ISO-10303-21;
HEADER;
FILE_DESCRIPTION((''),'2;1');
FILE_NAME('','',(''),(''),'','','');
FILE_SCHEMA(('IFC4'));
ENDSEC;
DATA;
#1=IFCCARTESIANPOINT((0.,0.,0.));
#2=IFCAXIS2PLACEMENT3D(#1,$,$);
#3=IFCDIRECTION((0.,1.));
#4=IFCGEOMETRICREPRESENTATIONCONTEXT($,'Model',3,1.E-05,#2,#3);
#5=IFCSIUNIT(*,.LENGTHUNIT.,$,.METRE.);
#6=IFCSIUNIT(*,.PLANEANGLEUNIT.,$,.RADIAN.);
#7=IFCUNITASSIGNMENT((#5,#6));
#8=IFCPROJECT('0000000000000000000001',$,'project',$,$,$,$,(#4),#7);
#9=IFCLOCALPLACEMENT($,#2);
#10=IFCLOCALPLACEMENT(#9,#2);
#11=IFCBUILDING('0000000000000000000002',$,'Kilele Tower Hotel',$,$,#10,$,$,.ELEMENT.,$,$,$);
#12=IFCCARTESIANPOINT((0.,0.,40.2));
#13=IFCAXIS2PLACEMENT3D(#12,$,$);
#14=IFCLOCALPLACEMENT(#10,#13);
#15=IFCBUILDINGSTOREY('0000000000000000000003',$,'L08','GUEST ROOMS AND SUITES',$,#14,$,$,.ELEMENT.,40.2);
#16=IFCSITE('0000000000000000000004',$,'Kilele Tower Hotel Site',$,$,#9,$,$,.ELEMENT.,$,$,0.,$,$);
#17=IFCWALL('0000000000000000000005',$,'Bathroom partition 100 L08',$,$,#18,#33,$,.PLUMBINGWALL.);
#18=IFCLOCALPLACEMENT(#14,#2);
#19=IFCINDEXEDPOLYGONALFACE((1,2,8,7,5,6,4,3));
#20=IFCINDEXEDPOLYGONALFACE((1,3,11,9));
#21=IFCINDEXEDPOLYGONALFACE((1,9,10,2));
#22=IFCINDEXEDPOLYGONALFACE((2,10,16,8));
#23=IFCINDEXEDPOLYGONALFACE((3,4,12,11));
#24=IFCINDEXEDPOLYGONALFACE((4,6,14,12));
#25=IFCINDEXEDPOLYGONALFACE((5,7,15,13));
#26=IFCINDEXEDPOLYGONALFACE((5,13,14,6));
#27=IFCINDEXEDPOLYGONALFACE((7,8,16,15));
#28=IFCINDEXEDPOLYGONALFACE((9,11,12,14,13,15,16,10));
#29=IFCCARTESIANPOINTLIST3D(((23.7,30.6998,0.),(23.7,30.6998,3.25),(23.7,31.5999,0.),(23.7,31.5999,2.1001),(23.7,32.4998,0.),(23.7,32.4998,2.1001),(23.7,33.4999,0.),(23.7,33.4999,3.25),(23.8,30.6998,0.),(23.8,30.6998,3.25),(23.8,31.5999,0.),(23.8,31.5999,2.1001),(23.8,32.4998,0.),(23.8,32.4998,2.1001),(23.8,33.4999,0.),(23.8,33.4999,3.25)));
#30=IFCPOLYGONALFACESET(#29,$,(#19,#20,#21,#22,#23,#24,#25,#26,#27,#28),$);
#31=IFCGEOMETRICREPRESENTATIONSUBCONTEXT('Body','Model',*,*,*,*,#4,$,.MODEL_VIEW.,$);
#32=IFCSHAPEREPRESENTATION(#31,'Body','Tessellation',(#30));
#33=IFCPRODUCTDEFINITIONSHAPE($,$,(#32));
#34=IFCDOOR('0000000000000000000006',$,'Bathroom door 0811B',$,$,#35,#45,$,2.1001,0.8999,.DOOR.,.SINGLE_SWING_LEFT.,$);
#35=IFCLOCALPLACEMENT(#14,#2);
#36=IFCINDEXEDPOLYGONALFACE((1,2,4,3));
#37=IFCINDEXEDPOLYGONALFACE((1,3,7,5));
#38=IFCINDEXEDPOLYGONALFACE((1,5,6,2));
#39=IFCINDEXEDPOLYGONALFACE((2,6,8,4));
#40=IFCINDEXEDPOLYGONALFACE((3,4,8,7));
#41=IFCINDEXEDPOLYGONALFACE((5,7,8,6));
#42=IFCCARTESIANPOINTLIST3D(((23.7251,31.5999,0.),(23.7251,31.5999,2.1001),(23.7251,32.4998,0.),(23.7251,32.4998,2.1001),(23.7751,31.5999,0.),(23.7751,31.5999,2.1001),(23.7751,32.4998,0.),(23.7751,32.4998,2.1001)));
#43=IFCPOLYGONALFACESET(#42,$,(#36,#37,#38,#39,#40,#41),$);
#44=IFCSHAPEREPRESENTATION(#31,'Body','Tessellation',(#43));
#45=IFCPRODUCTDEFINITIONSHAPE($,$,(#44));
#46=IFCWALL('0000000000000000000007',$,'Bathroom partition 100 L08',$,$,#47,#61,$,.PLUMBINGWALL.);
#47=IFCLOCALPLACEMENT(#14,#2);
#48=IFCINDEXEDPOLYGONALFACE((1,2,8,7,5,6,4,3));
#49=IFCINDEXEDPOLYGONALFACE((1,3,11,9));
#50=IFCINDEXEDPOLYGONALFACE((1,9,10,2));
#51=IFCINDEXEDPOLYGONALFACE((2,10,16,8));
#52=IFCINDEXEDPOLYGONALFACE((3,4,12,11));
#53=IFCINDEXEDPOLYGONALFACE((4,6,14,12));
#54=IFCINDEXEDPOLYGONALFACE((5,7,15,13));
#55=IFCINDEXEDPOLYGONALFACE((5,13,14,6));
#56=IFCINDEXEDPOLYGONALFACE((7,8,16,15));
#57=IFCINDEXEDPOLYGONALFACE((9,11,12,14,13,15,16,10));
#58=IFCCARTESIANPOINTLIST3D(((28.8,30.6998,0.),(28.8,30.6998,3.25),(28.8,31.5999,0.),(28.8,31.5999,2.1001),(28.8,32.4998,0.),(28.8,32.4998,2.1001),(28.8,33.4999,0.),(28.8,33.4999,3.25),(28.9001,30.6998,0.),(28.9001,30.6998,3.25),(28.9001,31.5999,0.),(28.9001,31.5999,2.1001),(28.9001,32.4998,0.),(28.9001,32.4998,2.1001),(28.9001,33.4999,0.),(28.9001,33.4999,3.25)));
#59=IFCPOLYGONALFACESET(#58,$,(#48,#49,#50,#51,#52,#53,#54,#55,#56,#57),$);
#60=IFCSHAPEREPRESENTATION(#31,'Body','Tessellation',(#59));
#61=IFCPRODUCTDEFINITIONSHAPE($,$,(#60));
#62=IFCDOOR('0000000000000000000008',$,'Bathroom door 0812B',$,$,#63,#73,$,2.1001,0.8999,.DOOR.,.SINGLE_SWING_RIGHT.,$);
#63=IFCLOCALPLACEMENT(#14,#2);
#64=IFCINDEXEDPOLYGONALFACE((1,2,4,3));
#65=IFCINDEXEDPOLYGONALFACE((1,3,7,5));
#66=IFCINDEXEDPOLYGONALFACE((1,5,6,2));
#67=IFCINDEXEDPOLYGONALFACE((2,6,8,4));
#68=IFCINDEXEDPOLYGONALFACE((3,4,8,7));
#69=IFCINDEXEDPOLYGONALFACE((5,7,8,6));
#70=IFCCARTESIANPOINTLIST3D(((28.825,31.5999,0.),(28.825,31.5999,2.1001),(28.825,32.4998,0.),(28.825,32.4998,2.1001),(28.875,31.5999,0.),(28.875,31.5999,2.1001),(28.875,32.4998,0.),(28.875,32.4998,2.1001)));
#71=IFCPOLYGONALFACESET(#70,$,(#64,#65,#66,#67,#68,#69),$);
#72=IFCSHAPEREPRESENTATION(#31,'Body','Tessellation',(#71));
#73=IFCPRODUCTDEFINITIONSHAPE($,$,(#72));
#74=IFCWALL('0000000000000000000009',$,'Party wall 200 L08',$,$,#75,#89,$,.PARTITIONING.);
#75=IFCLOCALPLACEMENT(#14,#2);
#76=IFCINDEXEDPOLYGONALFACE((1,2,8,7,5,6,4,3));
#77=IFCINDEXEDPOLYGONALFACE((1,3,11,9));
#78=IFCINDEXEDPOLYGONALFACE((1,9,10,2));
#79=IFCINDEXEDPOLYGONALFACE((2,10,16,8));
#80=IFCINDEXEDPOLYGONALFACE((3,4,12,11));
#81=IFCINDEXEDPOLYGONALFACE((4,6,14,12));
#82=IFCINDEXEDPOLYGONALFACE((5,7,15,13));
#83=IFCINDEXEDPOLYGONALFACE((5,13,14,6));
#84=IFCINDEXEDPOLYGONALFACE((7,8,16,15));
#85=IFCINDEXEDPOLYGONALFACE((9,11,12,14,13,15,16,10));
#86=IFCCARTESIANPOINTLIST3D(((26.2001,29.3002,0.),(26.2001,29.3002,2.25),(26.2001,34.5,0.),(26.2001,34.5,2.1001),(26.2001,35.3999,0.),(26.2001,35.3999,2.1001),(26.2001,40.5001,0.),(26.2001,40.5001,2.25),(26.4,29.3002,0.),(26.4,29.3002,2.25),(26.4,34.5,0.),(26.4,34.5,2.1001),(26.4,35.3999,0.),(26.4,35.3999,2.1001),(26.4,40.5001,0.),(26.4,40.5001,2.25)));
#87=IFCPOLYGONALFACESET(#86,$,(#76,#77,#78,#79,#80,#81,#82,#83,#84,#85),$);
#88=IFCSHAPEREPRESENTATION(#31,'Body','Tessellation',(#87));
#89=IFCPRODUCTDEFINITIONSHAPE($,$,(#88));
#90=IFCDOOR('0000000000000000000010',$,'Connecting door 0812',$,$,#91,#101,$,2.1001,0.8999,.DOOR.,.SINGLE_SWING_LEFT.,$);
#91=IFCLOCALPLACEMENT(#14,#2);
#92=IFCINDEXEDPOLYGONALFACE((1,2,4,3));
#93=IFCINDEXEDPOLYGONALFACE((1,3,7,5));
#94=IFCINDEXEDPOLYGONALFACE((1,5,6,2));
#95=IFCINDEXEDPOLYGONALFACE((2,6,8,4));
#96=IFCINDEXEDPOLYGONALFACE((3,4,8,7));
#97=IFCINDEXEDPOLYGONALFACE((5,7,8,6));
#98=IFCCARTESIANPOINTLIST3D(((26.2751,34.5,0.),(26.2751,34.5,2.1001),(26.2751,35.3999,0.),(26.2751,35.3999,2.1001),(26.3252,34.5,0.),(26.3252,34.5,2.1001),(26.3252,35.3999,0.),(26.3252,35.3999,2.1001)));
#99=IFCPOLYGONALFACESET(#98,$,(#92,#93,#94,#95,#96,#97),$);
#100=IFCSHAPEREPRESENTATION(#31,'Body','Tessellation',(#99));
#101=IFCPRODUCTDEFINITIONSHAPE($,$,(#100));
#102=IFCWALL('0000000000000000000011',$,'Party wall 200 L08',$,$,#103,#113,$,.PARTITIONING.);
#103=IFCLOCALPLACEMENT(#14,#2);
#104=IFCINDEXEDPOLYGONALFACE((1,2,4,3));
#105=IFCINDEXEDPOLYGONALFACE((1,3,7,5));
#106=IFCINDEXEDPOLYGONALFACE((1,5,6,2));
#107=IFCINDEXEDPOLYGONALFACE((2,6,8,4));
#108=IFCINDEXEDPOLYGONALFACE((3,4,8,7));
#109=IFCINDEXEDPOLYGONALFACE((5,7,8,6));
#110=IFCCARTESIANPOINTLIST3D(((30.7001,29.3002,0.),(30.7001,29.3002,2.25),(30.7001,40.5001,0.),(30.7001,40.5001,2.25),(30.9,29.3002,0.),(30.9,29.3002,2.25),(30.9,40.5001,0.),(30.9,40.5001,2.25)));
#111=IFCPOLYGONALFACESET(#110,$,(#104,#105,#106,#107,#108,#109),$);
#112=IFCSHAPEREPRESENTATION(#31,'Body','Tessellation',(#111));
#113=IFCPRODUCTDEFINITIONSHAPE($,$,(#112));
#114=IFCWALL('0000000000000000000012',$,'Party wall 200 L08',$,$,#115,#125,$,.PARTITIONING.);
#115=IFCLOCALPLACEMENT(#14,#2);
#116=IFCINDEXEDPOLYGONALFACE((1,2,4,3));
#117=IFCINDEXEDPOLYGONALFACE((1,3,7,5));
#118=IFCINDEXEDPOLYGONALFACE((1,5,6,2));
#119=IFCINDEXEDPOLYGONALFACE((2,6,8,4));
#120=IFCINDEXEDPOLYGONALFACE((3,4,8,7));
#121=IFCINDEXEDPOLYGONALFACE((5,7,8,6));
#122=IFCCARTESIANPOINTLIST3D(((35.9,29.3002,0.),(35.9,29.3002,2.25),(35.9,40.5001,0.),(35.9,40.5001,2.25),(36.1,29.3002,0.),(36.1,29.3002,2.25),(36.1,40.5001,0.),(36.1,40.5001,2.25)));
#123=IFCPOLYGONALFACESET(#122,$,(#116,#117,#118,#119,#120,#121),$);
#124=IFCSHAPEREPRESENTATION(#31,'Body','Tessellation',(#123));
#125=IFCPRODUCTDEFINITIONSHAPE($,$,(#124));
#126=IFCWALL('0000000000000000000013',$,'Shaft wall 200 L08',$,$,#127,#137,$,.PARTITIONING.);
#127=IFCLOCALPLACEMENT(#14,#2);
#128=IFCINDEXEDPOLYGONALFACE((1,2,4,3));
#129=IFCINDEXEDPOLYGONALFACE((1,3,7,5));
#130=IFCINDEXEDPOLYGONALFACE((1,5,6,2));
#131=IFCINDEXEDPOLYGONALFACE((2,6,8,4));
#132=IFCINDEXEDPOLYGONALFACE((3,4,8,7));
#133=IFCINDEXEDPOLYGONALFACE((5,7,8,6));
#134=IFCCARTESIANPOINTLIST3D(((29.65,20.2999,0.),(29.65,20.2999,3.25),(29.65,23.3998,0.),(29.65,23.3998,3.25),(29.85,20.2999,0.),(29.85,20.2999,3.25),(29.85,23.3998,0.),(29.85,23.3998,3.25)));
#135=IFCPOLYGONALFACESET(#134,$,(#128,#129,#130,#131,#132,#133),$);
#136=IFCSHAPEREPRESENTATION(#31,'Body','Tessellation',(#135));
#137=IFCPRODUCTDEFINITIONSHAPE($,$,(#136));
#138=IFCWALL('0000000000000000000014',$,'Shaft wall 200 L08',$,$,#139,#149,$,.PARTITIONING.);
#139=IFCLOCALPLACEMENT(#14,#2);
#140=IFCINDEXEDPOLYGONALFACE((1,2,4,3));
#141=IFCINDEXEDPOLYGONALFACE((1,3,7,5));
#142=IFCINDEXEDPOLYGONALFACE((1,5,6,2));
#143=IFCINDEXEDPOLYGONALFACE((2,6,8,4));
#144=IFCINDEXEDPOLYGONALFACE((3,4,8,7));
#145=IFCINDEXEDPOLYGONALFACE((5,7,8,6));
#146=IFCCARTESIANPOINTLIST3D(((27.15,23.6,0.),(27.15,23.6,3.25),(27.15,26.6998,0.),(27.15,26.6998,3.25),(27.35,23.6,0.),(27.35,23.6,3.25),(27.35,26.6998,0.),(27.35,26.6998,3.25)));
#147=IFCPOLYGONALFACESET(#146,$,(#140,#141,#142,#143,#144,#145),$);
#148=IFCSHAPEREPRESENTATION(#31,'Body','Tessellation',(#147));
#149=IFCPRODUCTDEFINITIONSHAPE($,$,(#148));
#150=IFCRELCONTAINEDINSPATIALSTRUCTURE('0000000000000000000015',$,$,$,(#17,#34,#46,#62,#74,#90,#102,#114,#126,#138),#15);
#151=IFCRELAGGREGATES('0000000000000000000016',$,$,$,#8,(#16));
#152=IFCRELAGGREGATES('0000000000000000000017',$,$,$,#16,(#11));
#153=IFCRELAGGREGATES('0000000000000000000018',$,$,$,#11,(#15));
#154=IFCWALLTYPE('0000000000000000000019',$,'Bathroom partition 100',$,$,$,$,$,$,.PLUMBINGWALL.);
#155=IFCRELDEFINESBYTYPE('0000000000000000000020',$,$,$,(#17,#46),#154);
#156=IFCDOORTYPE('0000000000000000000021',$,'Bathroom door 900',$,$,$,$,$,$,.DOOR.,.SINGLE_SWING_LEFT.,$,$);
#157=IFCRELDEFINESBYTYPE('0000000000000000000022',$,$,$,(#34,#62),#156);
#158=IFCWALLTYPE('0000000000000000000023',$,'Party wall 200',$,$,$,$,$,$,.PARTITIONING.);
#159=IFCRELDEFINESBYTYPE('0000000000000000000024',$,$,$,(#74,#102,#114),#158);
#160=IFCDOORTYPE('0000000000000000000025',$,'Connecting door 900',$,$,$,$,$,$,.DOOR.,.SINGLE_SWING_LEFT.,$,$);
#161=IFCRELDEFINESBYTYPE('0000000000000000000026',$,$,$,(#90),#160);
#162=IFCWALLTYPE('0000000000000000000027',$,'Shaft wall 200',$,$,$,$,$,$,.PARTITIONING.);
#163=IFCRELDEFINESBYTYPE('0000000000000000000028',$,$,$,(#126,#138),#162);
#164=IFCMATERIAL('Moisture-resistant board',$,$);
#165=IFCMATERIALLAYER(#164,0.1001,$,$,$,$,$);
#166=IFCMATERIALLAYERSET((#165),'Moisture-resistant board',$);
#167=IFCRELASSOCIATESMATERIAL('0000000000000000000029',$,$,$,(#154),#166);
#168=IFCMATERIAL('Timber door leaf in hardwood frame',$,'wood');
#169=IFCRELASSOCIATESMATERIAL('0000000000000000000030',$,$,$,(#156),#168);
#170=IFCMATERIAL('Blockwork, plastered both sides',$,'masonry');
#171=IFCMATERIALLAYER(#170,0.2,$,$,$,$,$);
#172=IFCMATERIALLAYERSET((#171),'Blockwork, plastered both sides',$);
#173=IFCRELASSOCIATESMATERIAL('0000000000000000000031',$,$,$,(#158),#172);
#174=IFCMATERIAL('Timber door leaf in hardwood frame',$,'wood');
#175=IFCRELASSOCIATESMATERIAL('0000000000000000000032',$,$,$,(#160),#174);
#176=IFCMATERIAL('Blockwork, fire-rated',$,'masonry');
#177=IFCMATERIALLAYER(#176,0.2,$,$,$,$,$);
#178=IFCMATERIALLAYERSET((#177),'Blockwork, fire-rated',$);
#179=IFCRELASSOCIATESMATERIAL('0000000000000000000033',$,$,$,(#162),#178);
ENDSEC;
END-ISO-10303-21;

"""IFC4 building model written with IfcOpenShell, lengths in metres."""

from ifc_helpers import new_model, si_unit, direction, frame, frame_2d, origin, place, context, subcontext, project, spatial, rectangle, extrude, material, layer, layer_set, type_object, element, fill, save


model = new_model("IFC4")

# Units and contexts
model_context = context("Model", 3, precision=1e-05, world=origin(), true_north=direction((0.0, 1.0)))
body_context = subcontext(model_context, "Body", "Model", "MODEL_VIEW")
ifc_project = project(units=[si_unit("LENGTHUNIT", "METRE"), si_unit("PLANEANGLEUNIT", "RADIAN")], contexts=[model_context])

# Site, building, storey
site_placement = place(None, origin())
site = spatial("IfcSite", under=ifc_project, at=site_placement, Name="Kilele Tower Hotel Site", CompositionType="ELEMENT", RefElevation=0.0)
building_placement = place(site_placement, origin())
building = spatial("IfcBuilding", under=site, at=building_placement, Name="Kilele Tower Hotel", CompositionType="ELEMENT")
storey_placement = place(building_placement, frame((0.0, 0.0, 40.2)))
storey = spatial("IfcBuildingStorey", under=building, at=storey_placement, Name="L08", Description="GUEST ROOMS AND SUITES", CompositionType="ELEMENT", Elevation=40.2)

# Walls, openings, doors
ifc_material_1 = material(Name="Moisture-resistant board")
ifc_layer_1 = layer(ifc_material_1, 0.1001)
ifc_layer_set_1 = layer_set([ifc_layer_1], Name="Moisture-resistant board")
wall_type_1 = type_object("IfcWallType", Name="Bathroom partition 100", PredefinedType="PLUMBINGWALL", material=ifc_layer_set_1)
wall_1_placement = place(storey_placement, frame((23.75, 30.7, 0.0), z_axis=(0.0, 0.0, 1.0), x_axis=(0.0, 1.0, 0.0)))
wall_1 = element("IfcWall", 1, at=wall_1_placement, inside=storey, type_object=wall_type_1, Name="Bathroom partition 100 L08", PredefinedType="PLUMBINGWALL", context=body_context, shape_type="SweptSolid", body=[
    extrude(rectangle(XDim=2.8, YDim=0.1001, at=frame_2d((1.3999, 0.0))), origin(), (0.0, 0.0, 1.0), 3.25),
])
opening_1_placement = place(wall_1_placement, frame((0.8999, 0.0, 0.0)))
opening_1 = element("IfcOpeningElement", 2, at=opening_1_placement, cuts=wall_1, PredefinedType="OPENING", context=body_context, shape_type="SweptSolid", body=[
    extrude(rectangle(XDim=0.8999, YDim=2.1001, at=frame_2d((0.45, 1.05))), frame((0.0, 0.0601, 0.0), z_axis=(0.0, -1.0, 0.0), x_axis=(1.0, 0.0, 0.0)), (0.0, 0.0, 1.0), 0.1201),
])
ifc_material_2 = material(Name="Timber door leaf in hardwood frame", Category="wood")
door_type_1 = type_object("IfcDoorType", Name="Bathroom door 900", OperationType="SINGLE_SWING_LEFT", PredefinedType="DOOR", material=ifc_material_2)
door_1_placement = place(opening_1_placement, origin())
door_1 = element("IfcDoor", 3, at=door_1_placement, inside=storey, type_object=door_type_1, Name="Bathroom door 0811B", OperationType="SINGLE_SWING_LEFT", OverallHeight=2.1001, OverallWidth=0.8999, PredefinedType="DOOR", context=body_context, shape_type="SweptSolid", body=[
    extrude(rectangle(XDim=0.8999, YDim=2.1001, at=frame_2d((0.45, 1.05))), frame((0.0, 0.0249, 0.0), z_axis=(0.0, -1.0, 0.0), x_axis=(1.0, 0.0, 0.0)), (0.0, 0.0, 1.0), 0.05),
])
fill(opening_1, door_1)
wall_2_placement = place(storey_placement, frame((28.8501, 30.7, 0.0), z_axis=(0.0, 0.0, 1.0), x_axis=(0.0, 1.0, 0.0)))
wall_2 = element("IfcWall", 4, at=wall_2_placement, inside=storey, type_object=wall_type_1, Name="Bathroom partition 100 L08", PredefinedType="PLUMBINGWALL", context=body_context, shape_type="SweptSolid", body=[
    extrude(rectangle(XDim=2.8, YDim=0.1001, at=frame_2d((1.3999, 0.0))), origin(), (0.0, 0.0, 1.0), 3.25),
])
opening_2_placement = place(wall_2_placement, frame((1.7998, 0.0, 0.0), z_axis=(0.0, 0.0, 1.0), x_axis=(-1.0, 0.0, 0.0)))
opening_2 = element("IfcOpeningElement", 5, at=opening_2_placement, cuts=wall_2, PredefinedType="OPENING", context=body_context, shape_type="SweptSolid", body=[
    extrude(rectangle(XDim=0.8999, YDim=2.1001, at=frame_2d((0.45, 1.05))), frame((0.0, 0.0601, 0.0), z_axis=(0.0, -1.0, 0.0), x_axis=(1.0, 0.0, 0.0)), (0.0, 0.0, 1.0), 0.1201),
])
door_2_placement = place(opening_2_placement, origin())
door_2 = element("IfcDoor", 6, at=door_2_placement, inside=storey, type_object=door_type_1, Name="Bathroom door 0812B", OperationType="SINGLE_SWING_RIGHT", OverallHeight=2.1001, OverallWidth=0.8999, PredefinedType="DOOR", context=body_context, shape_type="SweptSolid", body=[
    extrude(rectangle(XDim=0.8999, YDim=2.1001, at=frame_2d((0.45, 1.05))), frame((0.0, 0.0249, 0.0), z_axis=(0.0, -1.0, 0.0), x_axis=(1.0, 0.0, 0.0)), (0.0, 0.0, 1.0), 0.05),
])
fill(opening_2, door_2)
ifc_material_3 = material(Name="Blockwork, plastered both sides", Category="masonry")
ifc_layer_2 = layer(ifc_material_3, 0.2)
ifc_layer_set_2 = layer_set([ifc_layer_2], Name="Blockwork, plastered both sides")
wall_type_2 = type_object("IfcWallType", Name="Party wall 200", PredefinedType="PARTITIONING", material=ifc_layer_set_2)
wall_3_placement = place(storey_placement, frame((26.3, 29.3, 0.0), z_axis=(0.0, 0.0, 1.0), x_axis=(0.0, 1.0, 0.0)))
wall_3 = element("IfcWall", 7, at=wall_3_placement, inside=storey, type_object=wall_type_2, Name="Party wall 200 L08", PredefinedType="PARTITIONING", context=body_context, shape_type="SweptSolid", body=[
    extrude(rectangle(XDim=11.2, YDim=0.2, at=frame_2d((5.6001, 0.0))), origin(), (0.0, 0.0, 1.0), 2.25),
])
opening_3_placement = place(wall_3_placement, frame((5.2, 0.0, 0.0)))
opening_3 = element("IfcOpeningElement", 8, at=opening_3_placement, cuts=wall_3, PredefinedType="OPENING", context=body_context, shape_type="SweptSolid", body=[
    extrude(rectangle(XDim=0.8999, YDim=2.1001, at=frame_2d((0.45, 1.05))), frame((0.0, 0.1099, 0.0), z_axis=(0.0, -1.0, 0.0), x_axis=(1.0, 0.0, 0.0)), (0.0, 0.0, 1.0), 0.22),
])
ifc_material_4 = material(Name="Timber door leaf in hardwood frame", Category="wood")
door_type_2 = type_object("IfcDoorType", Name="Connecting door 900", OperationType="SINGLE_SWING_LEFT", PredefinedType="DOOR", material=ifc_material_4)
door_3_placement = place(opening_3_placement, origin())
door_3 = element("IfcDoor", 9, at=door_3_placement, inside=storey, type_object=door_type_2, Name="Connecting door 0812", OperationType="SINGLE_SWING_LEFT", OverallHeight=2.1001, OverallWidth=0.8999, PredefinedType="DOOR", context=body_context, shape_type="SweptSolid", body=[
    extrude(rectangle(XDim=0.8999, YDim=2.1001, at=frame_2d((0.45, 1.05))), frame((0.0, 0.0249, 0.0), z_axis=(0.0, -1.0, 0.0), x_axis=(1.0, 0.0, 0.0)), (0.0, 0.0, 1.0), 0.05),
])
fill(opening_3, door_3)

# Walls
for number, where, z_axis, x_axis, name in (
    (10, (30.8, 29.3, 0.0), (0.0, 0.0, 1.0), (0.0, 1.0, 0.0), "Party wall 200 L08"),
    (11, (36.0, 29.3, 0.0), (0.0, 0.0, 1.0), (0.0, 1.0, 0.0), "Party wall 200 L08"),
):
    element("IfcWall", number, at=place(storey_placement, frame(where, z_axis=z_axis, x_axis=x_axis)), inside=storey, type_object=wall_type_2, Name=name, PredefinedType="PARTITIONING", context=body_context, shape_type="SweptSolid", body=[
        extrude(rectangle(XDim=11.2, YDim=0.2, at=frame_2d((5.6001, 0.0))), origin(), (0.0, 0.0, 1.0), 2.25),
    ])
ifc_material_5 = material(Name="Blockwork, fire-rated", Category="masonry")
ifc_layer_3 = layer(ifc_material_5, 0.2)
ifc_layer_set_3 = layer_set([ifc_layer_3], Name="Blockwork, fire-rated")
wall_type_3 = type_object("IfcWallType", Name="Shaft wall 200", PredefinedType="PARTITIONING", material=ifc_layer_set_3)
for number, where, z_axis, x_axis, name in (
    (12, (29.75, 20.3, 0.0), (0.0, 0.0, 1.0), (0.0, 1.0, 0.0), "Shaft wall 200 L08"),
    (13, (27.25, 23.6001, 0.0), (0.0, 0.0, 1.0), (0.0, 1.0, 0.0), "Shaft wall 200 L08"),
):
    element("IfcWall", number, at=place(storey_placement, frame(where, z_axis=z_axis, x_axis=x_axis)), inside=storey, type_object=wall_type_3, Name=name, PredefinedType="PARTITIONING", context=body_context, shape_type="SweptSolid", body=[
        extrude(rectangle(XDim=3.0999, YDim=0.2, at=frame_2d((1.5498, 0.0))), origin(), (0.0, 0.0, 1.0), 3.25),
    ])

save(model, "model.ifc")
